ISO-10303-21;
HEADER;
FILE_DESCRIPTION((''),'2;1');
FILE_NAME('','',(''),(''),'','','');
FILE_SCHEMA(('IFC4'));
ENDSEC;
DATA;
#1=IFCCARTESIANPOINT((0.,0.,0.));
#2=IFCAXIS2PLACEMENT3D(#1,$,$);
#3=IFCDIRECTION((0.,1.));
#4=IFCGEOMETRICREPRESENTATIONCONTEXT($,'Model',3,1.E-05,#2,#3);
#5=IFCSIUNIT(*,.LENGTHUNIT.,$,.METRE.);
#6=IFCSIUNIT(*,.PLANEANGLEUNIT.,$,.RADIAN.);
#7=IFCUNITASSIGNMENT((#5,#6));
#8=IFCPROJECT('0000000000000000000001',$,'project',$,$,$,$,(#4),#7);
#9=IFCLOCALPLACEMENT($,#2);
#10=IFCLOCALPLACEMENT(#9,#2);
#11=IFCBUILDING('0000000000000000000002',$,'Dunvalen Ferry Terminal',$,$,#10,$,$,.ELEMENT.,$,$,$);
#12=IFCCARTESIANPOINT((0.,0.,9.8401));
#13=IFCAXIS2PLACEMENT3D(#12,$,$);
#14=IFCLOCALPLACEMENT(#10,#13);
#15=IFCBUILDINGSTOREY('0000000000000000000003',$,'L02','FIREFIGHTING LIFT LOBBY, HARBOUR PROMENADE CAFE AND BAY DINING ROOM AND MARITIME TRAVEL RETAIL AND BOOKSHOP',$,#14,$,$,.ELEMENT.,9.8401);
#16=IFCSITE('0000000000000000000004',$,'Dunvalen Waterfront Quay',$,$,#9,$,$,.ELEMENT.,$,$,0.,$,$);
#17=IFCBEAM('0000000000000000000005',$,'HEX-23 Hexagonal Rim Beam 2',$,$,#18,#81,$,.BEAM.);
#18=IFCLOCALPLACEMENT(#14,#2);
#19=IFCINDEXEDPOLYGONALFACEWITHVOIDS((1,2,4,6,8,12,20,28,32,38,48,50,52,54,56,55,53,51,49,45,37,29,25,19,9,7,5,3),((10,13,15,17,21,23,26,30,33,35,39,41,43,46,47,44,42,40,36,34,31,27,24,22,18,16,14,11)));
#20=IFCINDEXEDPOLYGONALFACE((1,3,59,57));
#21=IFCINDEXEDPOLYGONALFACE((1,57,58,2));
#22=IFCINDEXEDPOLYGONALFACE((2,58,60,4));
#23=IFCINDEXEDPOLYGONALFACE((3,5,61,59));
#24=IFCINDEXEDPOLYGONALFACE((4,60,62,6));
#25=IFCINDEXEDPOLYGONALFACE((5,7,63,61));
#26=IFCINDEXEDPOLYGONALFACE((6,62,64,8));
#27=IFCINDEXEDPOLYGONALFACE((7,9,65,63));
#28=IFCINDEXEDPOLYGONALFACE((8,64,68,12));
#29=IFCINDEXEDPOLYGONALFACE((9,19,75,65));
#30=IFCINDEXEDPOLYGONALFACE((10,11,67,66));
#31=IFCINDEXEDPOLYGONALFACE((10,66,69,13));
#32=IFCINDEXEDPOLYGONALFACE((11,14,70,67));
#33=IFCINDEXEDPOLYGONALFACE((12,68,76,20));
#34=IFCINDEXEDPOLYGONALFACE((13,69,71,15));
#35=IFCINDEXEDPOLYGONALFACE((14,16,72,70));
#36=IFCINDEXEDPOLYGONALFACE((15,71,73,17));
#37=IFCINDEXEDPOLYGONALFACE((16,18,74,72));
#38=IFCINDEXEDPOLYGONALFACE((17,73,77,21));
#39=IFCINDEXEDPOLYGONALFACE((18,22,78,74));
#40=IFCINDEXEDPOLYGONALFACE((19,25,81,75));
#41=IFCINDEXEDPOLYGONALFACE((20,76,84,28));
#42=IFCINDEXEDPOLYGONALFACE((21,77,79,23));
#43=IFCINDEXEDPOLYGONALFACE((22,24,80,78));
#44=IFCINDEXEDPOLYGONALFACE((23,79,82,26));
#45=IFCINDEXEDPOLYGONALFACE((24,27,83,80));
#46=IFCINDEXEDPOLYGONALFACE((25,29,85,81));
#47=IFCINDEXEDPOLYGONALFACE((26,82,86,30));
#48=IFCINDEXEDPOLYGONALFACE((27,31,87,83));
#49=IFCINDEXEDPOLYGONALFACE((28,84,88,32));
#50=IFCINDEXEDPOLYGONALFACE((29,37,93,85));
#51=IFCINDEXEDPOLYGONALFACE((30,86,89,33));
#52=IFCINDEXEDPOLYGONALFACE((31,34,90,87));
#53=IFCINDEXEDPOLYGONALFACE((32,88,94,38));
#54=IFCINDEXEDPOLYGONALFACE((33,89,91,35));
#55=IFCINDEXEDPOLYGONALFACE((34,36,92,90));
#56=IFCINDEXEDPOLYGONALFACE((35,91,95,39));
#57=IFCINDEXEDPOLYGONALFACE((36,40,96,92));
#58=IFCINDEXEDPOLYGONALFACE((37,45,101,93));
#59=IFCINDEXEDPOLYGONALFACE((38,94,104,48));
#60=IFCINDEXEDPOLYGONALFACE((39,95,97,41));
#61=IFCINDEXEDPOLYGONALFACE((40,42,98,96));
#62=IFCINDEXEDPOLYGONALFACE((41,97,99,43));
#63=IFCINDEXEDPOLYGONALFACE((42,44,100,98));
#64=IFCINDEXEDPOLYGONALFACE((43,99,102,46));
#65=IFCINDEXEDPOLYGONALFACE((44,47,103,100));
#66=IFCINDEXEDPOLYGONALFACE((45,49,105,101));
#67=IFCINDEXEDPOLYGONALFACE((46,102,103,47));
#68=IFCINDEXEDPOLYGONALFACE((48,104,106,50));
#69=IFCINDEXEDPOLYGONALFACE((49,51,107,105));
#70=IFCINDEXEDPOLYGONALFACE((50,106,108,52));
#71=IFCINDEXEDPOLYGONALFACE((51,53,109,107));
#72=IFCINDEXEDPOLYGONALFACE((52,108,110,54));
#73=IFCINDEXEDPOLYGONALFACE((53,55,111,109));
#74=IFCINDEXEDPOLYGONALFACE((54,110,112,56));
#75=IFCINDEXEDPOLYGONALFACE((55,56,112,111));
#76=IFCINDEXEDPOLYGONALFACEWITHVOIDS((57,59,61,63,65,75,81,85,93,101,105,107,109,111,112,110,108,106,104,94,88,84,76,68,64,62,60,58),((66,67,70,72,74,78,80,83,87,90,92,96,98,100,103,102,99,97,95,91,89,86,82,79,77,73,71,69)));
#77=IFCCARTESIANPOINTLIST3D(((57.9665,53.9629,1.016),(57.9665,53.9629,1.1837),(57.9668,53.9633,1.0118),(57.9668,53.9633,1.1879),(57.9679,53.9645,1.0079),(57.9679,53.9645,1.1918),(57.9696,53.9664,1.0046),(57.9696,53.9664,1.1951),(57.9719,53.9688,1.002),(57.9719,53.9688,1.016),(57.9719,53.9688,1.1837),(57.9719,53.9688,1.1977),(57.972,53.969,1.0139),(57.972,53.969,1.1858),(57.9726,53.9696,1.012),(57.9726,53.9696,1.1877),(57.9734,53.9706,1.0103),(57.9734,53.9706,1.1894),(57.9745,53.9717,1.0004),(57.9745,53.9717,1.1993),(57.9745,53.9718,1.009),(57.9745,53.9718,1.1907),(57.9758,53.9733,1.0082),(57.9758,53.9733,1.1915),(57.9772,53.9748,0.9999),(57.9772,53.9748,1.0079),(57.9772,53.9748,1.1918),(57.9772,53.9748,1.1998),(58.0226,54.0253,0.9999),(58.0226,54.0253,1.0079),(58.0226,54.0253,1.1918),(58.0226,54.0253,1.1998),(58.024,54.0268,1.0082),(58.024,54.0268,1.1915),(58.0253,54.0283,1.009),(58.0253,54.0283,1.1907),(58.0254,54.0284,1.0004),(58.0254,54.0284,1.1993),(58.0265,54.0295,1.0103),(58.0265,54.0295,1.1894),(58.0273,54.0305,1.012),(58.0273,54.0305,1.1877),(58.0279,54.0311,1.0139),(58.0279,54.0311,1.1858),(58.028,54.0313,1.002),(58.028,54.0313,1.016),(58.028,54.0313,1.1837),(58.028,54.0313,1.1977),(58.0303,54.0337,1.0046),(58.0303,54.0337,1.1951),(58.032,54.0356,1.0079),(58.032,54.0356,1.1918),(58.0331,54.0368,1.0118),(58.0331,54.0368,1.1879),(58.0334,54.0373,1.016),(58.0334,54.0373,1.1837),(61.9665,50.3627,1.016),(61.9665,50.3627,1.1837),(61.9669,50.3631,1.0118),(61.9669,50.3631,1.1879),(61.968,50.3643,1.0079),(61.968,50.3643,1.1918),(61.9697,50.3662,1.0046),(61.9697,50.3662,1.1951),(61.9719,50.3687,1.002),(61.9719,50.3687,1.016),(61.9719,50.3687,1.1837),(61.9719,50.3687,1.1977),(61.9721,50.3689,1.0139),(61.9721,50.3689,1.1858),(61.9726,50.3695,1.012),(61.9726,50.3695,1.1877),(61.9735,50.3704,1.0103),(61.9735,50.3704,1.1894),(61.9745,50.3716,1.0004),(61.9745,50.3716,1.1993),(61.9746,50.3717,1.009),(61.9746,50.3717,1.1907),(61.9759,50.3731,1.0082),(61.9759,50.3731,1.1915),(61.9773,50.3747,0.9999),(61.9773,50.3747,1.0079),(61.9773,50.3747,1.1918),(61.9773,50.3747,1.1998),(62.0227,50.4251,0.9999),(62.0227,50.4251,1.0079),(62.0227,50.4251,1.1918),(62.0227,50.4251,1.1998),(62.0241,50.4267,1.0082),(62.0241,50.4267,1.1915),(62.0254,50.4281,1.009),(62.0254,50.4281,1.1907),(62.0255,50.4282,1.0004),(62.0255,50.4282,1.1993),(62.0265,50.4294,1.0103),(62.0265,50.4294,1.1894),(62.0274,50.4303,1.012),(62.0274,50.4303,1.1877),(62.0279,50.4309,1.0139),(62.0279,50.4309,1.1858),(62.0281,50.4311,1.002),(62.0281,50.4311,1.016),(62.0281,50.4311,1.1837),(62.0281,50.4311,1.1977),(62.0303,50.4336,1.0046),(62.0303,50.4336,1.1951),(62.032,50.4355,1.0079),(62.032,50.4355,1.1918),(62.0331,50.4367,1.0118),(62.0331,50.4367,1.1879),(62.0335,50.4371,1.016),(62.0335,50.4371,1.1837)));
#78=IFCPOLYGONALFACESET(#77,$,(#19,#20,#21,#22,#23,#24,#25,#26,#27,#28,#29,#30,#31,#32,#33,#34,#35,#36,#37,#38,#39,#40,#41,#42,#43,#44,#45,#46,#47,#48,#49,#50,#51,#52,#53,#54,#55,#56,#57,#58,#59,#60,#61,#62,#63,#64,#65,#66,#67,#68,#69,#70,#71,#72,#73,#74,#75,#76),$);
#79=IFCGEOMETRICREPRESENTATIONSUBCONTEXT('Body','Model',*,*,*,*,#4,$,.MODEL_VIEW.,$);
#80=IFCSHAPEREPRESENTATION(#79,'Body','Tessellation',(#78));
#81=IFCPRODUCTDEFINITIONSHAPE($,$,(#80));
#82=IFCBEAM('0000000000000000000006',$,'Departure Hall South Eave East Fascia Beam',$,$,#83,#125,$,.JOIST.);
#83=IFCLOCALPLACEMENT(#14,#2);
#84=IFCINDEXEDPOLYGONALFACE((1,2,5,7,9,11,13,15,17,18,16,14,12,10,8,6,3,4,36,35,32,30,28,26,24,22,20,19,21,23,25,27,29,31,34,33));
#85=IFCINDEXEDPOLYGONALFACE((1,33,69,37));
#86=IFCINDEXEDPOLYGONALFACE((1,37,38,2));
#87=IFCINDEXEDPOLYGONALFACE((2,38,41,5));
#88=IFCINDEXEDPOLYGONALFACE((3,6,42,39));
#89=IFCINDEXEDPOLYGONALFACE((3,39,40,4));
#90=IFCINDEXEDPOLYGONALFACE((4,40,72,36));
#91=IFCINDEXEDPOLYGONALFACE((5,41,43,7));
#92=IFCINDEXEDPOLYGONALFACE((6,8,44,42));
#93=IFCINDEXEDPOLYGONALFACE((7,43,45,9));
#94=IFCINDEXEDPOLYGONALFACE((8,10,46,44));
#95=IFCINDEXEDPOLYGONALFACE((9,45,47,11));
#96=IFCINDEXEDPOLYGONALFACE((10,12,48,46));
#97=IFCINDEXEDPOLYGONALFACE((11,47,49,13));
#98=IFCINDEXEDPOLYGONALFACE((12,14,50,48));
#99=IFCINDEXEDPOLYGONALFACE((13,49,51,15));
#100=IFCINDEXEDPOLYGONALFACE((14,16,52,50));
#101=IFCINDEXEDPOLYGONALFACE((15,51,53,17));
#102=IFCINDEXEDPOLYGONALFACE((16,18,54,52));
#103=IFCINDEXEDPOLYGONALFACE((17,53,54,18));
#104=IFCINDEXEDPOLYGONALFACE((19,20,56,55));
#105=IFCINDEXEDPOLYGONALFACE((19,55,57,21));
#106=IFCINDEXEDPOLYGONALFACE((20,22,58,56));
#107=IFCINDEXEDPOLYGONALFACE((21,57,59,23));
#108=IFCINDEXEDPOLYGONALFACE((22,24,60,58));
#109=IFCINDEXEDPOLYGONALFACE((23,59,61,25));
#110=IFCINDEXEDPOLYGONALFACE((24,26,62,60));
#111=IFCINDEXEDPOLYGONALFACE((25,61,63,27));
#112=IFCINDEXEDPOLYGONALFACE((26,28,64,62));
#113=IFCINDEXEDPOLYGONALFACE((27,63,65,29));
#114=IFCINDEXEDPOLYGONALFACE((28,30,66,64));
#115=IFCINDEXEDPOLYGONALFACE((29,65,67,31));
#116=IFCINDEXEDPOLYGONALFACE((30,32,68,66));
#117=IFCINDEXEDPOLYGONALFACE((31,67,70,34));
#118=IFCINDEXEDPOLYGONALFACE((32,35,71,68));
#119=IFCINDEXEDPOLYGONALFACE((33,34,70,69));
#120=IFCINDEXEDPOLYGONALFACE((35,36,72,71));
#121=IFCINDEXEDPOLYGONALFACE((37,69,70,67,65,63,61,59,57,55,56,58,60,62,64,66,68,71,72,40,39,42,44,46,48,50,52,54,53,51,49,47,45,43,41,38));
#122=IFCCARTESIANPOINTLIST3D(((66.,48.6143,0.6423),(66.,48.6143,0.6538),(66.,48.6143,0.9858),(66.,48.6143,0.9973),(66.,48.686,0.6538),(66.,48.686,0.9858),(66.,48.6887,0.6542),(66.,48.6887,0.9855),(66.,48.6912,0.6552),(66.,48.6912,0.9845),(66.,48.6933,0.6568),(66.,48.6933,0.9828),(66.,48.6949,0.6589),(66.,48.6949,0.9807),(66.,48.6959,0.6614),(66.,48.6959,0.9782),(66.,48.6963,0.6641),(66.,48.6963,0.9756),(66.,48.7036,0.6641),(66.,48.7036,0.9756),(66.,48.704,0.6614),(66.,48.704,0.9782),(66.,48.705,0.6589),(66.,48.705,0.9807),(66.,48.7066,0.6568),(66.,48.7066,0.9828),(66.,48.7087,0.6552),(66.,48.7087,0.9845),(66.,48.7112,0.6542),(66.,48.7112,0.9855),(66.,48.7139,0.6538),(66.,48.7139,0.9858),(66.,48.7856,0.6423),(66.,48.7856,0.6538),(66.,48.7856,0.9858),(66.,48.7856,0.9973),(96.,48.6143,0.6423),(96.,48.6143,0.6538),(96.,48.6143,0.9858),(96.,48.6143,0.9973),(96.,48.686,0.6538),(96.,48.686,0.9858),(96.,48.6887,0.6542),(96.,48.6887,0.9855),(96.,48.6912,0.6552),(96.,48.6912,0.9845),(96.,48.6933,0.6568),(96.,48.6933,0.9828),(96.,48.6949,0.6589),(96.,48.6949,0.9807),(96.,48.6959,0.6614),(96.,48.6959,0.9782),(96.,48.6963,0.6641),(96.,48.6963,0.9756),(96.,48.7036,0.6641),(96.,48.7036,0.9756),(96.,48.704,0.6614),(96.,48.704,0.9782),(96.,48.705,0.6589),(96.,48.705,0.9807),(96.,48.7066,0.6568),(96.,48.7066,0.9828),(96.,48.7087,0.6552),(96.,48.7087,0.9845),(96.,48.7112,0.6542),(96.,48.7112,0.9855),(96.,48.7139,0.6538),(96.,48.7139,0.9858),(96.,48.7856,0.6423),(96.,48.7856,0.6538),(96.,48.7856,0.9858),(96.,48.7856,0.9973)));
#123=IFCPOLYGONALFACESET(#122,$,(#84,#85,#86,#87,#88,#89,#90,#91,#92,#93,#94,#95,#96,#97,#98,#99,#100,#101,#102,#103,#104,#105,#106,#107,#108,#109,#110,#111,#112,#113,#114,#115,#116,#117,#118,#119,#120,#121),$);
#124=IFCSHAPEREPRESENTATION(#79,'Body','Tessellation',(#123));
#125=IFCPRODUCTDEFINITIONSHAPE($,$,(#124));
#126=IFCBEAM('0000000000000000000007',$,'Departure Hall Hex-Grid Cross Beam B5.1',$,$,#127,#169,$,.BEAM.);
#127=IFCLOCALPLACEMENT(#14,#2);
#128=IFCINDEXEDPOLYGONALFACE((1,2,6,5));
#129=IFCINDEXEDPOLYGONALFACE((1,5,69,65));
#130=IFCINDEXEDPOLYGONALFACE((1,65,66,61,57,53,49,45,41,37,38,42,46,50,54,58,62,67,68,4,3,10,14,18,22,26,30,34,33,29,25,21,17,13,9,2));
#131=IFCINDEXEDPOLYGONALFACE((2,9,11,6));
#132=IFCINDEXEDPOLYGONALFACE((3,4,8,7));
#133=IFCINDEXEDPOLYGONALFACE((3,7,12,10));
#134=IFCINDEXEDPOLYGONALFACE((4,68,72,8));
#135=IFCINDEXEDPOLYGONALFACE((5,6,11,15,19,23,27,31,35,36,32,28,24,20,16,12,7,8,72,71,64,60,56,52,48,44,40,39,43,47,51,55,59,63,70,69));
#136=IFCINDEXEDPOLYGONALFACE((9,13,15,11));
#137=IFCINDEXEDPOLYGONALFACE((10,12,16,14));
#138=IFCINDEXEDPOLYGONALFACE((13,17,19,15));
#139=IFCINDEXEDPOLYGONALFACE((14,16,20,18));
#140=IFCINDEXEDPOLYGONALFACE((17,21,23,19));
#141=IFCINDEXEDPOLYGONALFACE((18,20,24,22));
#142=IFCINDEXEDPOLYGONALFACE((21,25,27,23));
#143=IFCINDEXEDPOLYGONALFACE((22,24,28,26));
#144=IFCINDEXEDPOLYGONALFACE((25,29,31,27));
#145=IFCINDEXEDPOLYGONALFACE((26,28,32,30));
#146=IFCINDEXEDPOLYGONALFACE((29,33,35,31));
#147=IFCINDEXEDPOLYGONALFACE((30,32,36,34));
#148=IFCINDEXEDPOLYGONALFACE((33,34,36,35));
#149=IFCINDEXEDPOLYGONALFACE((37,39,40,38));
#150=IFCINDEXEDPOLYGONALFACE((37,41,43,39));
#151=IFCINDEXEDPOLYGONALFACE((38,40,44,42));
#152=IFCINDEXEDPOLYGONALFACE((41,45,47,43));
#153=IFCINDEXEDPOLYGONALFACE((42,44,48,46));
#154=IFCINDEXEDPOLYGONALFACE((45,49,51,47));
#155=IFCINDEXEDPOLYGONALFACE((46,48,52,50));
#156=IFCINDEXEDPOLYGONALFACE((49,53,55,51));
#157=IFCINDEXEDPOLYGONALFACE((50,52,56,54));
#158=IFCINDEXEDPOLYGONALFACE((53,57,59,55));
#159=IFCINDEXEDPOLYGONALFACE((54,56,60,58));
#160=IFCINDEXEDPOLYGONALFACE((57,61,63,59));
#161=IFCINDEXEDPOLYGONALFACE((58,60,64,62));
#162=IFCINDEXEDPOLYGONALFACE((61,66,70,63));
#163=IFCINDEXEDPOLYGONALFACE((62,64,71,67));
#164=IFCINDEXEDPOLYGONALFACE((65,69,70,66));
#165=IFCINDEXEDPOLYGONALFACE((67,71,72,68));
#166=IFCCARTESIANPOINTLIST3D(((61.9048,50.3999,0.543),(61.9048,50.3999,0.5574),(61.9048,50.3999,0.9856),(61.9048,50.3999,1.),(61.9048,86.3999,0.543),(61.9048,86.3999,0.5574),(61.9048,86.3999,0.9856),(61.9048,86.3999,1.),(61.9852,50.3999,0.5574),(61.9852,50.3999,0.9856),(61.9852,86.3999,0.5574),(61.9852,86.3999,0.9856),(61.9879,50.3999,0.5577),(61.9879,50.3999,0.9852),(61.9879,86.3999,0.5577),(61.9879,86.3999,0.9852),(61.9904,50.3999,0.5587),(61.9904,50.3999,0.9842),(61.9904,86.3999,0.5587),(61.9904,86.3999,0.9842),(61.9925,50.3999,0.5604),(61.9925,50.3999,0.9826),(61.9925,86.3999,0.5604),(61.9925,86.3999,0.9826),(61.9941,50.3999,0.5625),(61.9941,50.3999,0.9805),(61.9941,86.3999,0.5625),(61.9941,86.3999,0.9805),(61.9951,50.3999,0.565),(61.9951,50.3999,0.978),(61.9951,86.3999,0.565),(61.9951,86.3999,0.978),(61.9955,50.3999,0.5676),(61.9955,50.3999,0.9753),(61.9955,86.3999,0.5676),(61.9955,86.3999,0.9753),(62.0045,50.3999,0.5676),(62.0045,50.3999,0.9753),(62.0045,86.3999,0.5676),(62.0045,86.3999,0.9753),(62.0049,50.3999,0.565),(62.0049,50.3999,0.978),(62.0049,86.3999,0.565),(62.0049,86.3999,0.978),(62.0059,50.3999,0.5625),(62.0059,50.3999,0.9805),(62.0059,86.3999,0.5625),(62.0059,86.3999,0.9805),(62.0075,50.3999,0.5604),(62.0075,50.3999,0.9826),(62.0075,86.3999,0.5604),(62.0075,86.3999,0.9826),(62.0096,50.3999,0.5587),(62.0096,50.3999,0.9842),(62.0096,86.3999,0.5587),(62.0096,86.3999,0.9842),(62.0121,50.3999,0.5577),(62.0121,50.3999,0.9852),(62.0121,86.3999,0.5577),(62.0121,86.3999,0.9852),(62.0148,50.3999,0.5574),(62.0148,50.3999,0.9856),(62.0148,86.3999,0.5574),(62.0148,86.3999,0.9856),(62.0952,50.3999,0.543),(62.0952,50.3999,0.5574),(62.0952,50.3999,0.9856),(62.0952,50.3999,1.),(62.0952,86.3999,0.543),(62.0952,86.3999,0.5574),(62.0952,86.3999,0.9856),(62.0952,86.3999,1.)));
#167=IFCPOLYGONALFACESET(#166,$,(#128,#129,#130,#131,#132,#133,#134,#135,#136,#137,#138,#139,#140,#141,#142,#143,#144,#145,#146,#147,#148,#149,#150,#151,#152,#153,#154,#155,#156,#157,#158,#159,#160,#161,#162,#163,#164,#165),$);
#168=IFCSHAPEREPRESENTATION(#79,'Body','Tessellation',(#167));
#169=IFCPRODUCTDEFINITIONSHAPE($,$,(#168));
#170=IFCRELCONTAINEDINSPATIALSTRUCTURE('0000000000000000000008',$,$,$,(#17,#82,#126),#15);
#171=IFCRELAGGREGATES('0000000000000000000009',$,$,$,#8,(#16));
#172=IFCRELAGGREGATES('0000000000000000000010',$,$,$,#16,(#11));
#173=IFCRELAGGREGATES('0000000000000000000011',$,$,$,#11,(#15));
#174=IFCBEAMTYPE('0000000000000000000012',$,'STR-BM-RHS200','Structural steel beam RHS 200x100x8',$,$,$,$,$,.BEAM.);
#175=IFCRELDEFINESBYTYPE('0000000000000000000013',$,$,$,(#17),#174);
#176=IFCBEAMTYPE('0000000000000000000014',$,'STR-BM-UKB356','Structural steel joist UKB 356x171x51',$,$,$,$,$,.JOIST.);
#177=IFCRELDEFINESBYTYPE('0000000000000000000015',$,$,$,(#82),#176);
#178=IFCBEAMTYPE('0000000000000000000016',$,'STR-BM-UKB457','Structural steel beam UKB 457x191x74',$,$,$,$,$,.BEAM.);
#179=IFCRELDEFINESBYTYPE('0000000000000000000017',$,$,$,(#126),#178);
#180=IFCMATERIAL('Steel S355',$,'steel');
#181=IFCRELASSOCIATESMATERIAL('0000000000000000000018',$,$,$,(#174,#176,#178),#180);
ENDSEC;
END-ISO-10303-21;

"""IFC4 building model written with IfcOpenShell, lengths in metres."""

from ifc_helpers import new_model, si_unit, direction, frame, origin, origin_2d, place, context, subcontext, project, spatial, hollow_rectangle, i_section, extrude, material, material_profile, profile_set, type_object, element, save


model = new_model("IFC4")

# Units and contexts
model_context = context("Model", 3, precision=1e-05, world=origin(), true_north=direction((0.0, 1.0)))
body_context = subcontext(model_context, "Body", "Model", "MODEL_VIEW")
ifc_project = project(units=[si_unit("LENGTHUNIT", "METRE"), si_unit("PLANEANGLEUNIT", "RADIAN")], contexts=[model_context])

# Site, building, storey
site_placement = place(None, origin())
site = spatial("IfcSite", under=ifc_project, at=site_placement, Name="Dunvalen Waterfront Quay", CompositionType="ELEMENT", RefElevation=0.0)
building_placement = place(site_placement, origin())
building = spatial("IfcBuilding", under=site, at=building_placement, Name="Dunvalen Ferry Terminal", CompositionType="ELEMENT")
storey_placement = place(building_placement, frame((0.0, 0.0, 9.8401)))
storey = spatial("IfcBuildingStorey", under=building, at=storey_placement, Name="L02", Description="FIREFIGHTING LIFT LOBBY, HARBOUR PROMENADE CAFE AND BAY DINING ROOM AND MARITIME TRAVEL RETAIL AND BOOKSHOP", CompositionType="ELEMENT", Elevation=9.8401)

# Beams
ifc_material_1 = material(Name="Steel S355", Category="steel")
ifc_material_profile_1 = material_profile(ifc_material_1, hollow_rectangle(XDim=0.1001, YDim=0.2, WallThickness=0.0081, InnerFilletRadius=0.0081, OuterFilletRadius=0.0161, at=origin_2d()), Name="Steel S355")
ifc_profile_set_1 = profile_set([ifc_material_profile_1], Name="Steel S355")
beam_type_1 = type_object("IfcBeamType", Name="STR-BM-RHS200", Description="Structural steel beam RHS 200x100x8", PredefinedType="BEAM", material=ifc_profile_set_1)
beam_1_placement = place(storey_placement, frame((62.0, 50.3999, 1.0999), z_axis=(-0.743285, 0.668975, 0.0), x_axis=(-0.668975, -0.743285, 0.0)))
element("IfcBeam", 1, at=beam_1_placement, inside=storey, type_object=beam_type_1, Name="HEX-23 Hexagonal Rim Beam 2", PredefinedType="BEAM", context=body_context, shape_type="SweptSolid", body=[
    extrude(hollow_rectangle(XDim=0.1001, YDim=0.2, WallThickness=0.0081, InnerFilletRadius=0.0081, OuterFilletRadius=0.0161, at=origin_2d()), origin(), (0.0, 0.0, 1.0), 5.3816),
])
ifc_material_profile_2 = material_profile(ifc_material_1, i_section(OverallWidth=0.1714, OverallDepth=0.355, WebThickness=0.0073, FlangeThickness=0.0115, FilletRadius=0.0103, at=origin_2d()), Name="Steel S355")
ifc_profile_set_2 = profile_set([ifc_material_profile_2], Name="Steel S355")
beam_type_2 = type_object("IfcBeamType", Name="STR-BM-UKB356", Description="Structural steel joist UKB 356x171x51", PredefinedType="JOIST", material=ifc_profile_set_2)
beam_2_placement = place(storey_placement, frame((66.0, 48.7, 0.8198), z_axis=(1.0, 0.0, 0.0), x_axis=(0.0, 1.0, 0.0)))
element("IfcBeam", 2, at=beam_2_placement, inside=storey, type_object=beam_type_2, Name="Departure Hall South Eave East Fascia Beam", PredefinedType="JOIST", context=body_context, shape_type="SweptSolid", body=[
    extrude(i_section(OverallWidth=0.1714, OverallDepth=0.355, WebThickness=0.0073, FlangeThickness=0.0115, FilletRadius=0.0103, at=origin_2d()), origin(), (0.0, 0.0, 1.0), 30.0),
])
ifc_material_profile_3 = material_profile(ifc_material_1, i_section(OverallWidth=0.1904, OverallDepth=0.457, WebThickness=0.009, FlangeThickness=0.0144, FilletRadius=0.0103, at=origin_2d()), Name="Steel S355")
ifc_profile_set_3 = profile_set([ifc_material_profile_3], Name="Steel S355")
beam_type_3 = type_object("IfcBeamType", Name="STR-BM-UKB457", Description="Structural steel beam UKB 457x191x74", PredefinedType="BEAM", material=ifc_profile_set_3)
beam_3_placement = place(storey_placement, frame((62.0, 50.3999, 0.7715), z_axis=(0.0, 1.0, 0.0), x_axis=(-1.0, 0.0, 0.0)))
element("IfcBeam", 3, at=beam_3_placement, inside=storey, type_object=beam_type_3, Name="Departure Hall Hex-Grid Cross Beam B5.1", PredefinedType="BEAM", context=body_context, shape_type="SweptSolid", body=[
    extrude(i_section(OverallWidth=0.1904, OverallDepth=0.457, WebThickness=0.009, FlangeThickness=0.0144, FilletRadius=0.0103, at=origin_2d()), origin(), (0.0, 0.0, 1.0), 36.0),
])

save(model, "model.ifc")
